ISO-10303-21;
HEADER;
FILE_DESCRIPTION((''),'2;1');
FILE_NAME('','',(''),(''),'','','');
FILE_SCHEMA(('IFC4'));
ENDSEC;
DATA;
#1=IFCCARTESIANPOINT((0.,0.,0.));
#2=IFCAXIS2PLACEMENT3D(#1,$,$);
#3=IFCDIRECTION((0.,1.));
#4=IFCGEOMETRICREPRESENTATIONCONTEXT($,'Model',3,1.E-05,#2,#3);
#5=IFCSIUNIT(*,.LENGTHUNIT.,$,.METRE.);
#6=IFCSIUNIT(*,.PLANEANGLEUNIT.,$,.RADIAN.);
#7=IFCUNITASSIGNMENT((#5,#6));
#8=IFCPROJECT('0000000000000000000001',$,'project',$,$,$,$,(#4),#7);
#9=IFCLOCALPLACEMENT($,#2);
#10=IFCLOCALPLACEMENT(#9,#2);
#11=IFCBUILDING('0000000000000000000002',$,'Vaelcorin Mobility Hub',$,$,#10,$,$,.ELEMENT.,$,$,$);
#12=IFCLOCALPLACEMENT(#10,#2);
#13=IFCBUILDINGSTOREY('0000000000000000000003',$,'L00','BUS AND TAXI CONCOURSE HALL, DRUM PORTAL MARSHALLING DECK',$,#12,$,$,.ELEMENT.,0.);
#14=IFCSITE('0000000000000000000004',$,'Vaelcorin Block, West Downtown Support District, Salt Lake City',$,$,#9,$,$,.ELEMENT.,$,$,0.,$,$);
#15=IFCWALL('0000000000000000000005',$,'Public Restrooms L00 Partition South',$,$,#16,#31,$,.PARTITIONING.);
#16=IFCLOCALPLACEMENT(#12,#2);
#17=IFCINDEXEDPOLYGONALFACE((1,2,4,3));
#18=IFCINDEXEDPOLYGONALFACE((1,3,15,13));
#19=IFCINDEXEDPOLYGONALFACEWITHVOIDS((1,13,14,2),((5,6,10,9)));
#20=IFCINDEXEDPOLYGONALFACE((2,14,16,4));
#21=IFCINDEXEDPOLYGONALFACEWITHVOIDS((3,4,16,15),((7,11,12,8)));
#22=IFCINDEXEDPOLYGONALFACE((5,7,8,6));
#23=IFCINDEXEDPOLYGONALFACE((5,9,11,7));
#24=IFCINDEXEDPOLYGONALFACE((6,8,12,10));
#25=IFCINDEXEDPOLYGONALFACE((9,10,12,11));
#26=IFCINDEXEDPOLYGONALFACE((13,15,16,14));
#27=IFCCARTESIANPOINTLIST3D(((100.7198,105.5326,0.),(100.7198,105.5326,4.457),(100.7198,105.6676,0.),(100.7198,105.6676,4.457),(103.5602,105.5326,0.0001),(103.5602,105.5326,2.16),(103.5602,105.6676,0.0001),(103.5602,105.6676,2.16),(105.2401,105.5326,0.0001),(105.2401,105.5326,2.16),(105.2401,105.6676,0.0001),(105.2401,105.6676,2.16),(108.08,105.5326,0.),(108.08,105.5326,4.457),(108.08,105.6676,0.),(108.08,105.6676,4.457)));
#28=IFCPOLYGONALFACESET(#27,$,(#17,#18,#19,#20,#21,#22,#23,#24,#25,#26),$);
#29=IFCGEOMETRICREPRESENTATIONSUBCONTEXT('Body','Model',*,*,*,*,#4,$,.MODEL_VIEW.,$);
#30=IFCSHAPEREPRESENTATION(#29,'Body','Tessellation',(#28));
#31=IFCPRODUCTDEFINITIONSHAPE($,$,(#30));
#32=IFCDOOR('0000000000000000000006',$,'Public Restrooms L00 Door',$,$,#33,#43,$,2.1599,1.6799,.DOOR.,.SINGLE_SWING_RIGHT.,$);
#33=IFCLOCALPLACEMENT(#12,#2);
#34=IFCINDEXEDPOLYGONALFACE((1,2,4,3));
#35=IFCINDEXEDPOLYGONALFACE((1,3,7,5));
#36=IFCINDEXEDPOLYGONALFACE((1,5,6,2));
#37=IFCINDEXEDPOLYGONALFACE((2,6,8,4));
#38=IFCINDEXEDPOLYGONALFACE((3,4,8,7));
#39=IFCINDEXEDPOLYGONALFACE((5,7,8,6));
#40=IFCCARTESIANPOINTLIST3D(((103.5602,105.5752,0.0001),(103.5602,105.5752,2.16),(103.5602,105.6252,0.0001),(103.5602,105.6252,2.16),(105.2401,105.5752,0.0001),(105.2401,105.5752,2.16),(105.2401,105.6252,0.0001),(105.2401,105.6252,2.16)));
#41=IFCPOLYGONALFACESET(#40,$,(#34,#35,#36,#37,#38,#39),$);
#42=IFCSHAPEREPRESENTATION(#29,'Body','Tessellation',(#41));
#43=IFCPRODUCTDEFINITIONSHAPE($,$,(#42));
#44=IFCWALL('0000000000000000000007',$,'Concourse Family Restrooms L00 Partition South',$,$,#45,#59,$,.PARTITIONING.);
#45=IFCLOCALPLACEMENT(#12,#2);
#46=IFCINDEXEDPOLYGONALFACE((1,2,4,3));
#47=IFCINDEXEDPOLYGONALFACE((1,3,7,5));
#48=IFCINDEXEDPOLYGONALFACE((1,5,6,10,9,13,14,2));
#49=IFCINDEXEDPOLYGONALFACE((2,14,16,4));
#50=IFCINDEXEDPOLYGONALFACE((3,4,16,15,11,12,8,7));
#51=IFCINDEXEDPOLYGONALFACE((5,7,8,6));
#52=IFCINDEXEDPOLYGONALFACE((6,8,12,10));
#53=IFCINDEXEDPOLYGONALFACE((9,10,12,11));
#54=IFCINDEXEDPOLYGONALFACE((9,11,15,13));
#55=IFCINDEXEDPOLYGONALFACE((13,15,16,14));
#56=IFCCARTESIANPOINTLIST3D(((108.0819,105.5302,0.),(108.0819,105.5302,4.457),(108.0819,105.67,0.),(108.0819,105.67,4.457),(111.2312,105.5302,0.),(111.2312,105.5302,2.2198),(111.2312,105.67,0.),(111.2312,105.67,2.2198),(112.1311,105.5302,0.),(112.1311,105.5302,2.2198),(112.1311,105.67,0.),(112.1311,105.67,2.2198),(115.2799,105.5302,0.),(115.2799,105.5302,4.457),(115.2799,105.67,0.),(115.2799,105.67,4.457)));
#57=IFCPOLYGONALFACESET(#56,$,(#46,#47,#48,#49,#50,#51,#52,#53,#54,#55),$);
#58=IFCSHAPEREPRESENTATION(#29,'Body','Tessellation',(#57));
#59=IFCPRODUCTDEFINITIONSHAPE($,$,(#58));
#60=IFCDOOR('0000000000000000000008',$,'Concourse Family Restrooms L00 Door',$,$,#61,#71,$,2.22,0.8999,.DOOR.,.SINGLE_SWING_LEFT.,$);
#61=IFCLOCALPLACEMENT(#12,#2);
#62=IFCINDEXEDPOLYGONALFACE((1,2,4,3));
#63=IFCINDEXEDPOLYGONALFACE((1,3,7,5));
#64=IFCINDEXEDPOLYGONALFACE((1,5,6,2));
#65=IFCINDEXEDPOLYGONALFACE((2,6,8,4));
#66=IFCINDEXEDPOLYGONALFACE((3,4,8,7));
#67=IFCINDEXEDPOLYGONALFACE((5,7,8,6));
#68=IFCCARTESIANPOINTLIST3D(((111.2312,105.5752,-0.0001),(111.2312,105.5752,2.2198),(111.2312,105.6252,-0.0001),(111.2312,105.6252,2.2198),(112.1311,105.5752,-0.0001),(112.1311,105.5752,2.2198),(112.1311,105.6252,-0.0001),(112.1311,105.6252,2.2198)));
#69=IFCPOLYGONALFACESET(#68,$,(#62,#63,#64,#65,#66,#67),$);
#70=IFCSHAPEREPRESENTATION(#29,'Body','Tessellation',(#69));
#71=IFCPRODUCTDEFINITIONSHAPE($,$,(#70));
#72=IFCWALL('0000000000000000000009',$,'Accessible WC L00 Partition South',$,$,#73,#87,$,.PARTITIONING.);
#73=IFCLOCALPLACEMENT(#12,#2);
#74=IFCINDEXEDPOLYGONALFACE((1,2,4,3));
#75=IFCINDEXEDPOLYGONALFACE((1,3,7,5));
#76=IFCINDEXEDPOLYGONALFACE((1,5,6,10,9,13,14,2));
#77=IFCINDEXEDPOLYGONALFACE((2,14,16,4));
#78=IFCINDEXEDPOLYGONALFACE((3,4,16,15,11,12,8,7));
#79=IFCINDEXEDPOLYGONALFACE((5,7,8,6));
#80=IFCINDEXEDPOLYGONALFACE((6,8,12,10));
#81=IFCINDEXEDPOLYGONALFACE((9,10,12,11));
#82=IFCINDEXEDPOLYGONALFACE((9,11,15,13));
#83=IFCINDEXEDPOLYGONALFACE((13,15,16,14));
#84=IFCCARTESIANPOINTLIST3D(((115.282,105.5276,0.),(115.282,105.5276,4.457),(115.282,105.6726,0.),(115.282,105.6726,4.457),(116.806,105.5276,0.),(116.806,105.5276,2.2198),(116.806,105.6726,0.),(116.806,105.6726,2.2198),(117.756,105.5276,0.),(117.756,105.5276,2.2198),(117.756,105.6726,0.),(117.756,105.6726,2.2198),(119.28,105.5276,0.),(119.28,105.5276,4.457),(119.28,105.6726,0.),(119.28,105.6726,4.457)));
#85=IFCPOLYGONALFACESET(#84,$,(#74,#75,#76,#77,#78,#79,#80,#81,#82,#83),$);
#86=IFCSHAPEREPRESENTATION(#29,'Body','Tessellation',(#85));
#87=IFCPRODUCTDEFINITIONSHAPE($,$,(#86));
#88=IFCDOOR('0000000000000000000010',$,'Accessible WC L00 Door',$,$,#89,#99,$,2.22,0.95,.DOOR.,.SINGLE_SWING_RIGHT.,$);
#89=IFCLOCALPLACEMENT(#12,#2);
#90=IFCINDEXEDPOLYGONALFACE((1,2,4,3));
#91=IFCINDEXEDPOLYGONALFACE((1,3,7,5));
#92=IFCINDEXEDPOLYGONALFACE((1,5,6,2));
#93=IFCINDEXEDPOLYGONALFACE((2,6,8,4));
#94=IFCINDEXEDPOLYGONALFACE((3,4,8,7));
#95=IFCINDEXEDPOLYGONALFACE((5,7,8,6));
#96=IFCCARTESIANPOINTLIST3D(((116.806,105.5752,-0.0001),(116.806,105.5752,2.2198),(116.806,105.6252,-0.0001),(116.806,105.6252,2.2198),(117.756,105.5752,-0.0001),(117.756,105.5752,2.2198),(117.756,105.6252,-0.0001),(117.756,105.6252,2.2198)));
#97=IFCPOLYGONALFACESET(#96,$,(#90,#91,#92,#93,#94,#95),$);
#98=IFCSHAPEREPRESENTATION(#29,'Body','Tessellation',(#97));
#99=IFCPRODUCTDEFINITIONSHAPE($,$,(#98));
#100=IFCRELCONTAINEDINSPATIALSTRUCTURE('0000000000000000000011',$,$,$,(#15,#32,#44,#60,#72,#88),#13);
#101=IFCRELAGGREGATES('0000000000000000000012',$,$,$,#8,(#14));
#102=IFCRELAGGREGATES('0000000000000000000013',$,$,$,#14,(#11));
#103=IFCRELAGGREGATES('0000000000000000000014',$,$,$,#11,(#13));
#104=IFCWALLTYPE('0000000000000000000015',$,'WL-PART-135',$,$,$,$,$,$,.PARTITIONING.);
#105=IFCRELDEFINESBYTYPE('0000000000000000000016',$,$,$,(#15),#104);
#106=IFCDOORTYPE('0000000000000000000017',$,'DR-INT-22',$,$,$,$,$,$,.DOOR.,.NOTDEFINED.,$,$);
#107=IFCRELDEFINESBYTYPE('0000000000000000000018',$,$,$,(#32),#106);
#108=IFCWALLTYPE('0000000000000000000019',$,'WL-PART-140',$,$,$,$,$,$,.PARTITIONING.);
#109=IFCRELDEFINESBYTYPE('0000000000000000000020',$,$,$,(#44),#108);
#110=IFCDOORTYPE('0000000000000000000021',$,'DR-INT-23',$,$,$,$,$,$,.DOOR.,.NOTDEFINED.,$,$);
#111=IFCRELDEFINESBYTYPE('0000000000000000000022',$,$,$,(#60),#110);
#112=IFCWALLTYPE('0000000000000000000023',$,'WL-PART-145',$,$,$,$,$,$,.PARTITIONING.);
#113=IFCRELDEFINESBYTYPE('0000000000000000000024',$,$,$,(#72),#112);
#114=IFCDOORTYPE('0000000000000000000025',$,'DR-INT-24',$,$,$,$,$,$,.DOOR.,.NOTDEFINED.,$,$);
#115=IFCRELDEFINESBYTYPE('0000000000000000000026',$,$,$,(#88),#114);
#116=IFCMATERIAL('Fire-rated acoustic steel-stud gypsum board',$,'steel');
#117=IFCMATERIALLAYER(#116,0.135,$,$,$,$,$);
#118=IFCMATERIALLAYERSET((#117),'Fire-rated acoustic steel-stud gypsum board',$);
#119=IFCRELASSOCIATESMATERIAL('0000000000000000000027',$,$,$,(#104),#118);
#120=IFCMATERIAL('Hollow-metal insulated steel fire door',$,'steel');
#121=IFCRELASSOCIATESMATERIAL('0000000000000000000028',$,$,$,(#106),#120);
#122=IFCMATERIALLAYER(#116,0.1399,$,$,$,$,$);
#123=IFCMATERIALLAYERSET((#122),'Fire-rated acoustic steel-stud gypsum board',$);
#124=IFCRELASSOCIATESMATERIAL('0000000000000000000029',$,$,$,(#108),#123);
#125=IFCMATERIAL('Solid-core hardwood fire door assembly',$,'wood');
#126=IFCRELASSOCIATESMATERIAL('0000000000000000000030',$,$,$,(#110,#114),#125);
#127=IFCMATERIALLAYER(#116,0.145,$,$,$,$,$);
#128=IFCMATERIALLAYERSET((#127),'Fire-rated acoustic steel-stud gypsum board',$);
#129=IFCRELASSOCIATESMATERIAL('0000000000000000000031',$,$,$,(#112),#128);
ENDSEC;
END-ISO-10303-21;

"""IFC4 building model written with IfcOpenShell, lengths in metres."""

from ifc_helpers import new_model, si_unit, direction, frame, frame_2d, origin, place, context, subcontext, project, spatial, rectangle, extrude, material, layer, layer_set, type_object, element, fill, save


model = new_model("IFC4")

# Units and contexts
model_context = context("Model", 3, precision=1e-05, world=origin(), true_north=direction((0.0, 1.0)))
body_context = subcontext(model_context, "Body", "Model", "MODEL_VIEW")
ifc_project = project(units=[si_unit("LENGTHUNIT", "METRE"), si_unit("PLANEANGLEUNIT", "RADIAN")], contexts=[model_context])

# Site, building, storey
site_placement = place(None, origin())
site = spatial("IfcSite", under=ifc_project, at=site_placement, Name="Vaelcorin Block, West Downtown Support District, Salt Lake City", CompositionType="ELEMENT", RefElevation=0.0)
building_placement = place(site_placement, origin())
building = spatial("IfcBuilding", under=site, at=building_placement, Name="Vaelcorin Mobility Hub", CompositionType="ELEMENT")
storey_placement = place(building_placement, origin())
storey = spatial("IfcBuildingStorey", under=building, at=storey_placement, Name="L00", Description="BUS AND TAXI CONCOURSE HALL, DRUM PORTAL MARSHALLING DECK", CompositionType="ELEMENT", Elevation=0.0)

# Walls, openings, doors
ifc_material_1 = material(Name="Fire-rated acoustic steel-stud gypsum board", Category="steel")
ifc_layer_1 = layer(ifc_material_1, 0.135)
ifc_layer_set_1 = layer_set([ifc_layer_1], Name="Fire-rated acoustic steel-stud gypsum board")
wall_type_1 = type_object("IfcWallType", Name="WL-PART-135", PredefinedType="PARTITIONING", material=ifc_layer_set_1)
wall_1_placement = place(storey_placement, frame((108.0801, 105.6001, 0.0), z_axis=(0.0, 0.0, 1.0), x_axis=(-1.0, 0.0, 0.0)))
wall_1 = element("IfcWall", 1, at=wall_1_placement, inside=storey, type_object=wall_type_1, Name="Public Restrooms L00 Partition South", PredefinedType="PARTITIONING", context=body_context, shape_type="SweptSolid", body=[
    extrude(rectangle(XDim=7.3601, YDim=0.135, at=frame_2d((3.6802, 0.0))), origin(), (0.0, 0.0, 1.0), 4.457),
])
opening_1_placement = place(wall_1_placement, frame((2.8401, 0.0, 0.0)))
opening_1 = element("IfcOpeningElement", 2, at=opening_1_placement, cuts=wall_1, PredefinedType="OPENING", context=body_context, shape_type="SweptSolid", body=[
    extrude(rectangle(XDim=1.6799, YDim=2.1599, at=frame_2d((0.8398, 1.0801))), frame((0.0, 0.0774, 0.0), z_axis=(0.0, -1.0, 0.0), x_axis=(1.0, 0.0, 0.0)), (0.0, 0.0, 1.0), 0.155),
])
ifc_material_2 = material(Name="Hollow-metal insulated steel fire door", Category="steel")
door_type_1 = type_object("IfcDoorType", Name="DR-INT-22", OperationType="NOTDEFINED", PredefinedType="DOOR", material=ifc_material_2)
door_1_placement = place(opening_1_placement, origin())
door_1 = element("IfcDoor", 3, at=door_1_placement, inside=storey, type_object=door_type_1, Name="Public Restrooms L00 Door", OperationType="SINGLE_SWING_RIGHT", OverallHeight=2.1599, OverallWidth=1.6799, PredefinedType="DOOR", context=body_context, shape_type="SweptSolid", body=[
    extrude(rectangle(XDim=1.6799, YDim=2.1599, at=frame_2d((0.8398, 1.0801))), frame((0.0, 0.0249, 0.0), z_axis=(0.0, -1.0, 0.0), x_axis=(1.0, 0.0, 0.0)), (0.0, 0.0, 1.0), 0.05),
])
fill(opening_1, door_1)
ifc_layer_2 = layer(ifc_material_1, 0.1399)
ifc_layer_set_2 = layer_set([ifc_layer_2], Name="Fire-rated acoustic steel-stud gypsum board")
wall_type_2 = type_object("IfcWallType", Name="WL-PART-140", PredefinedType="PARTITIONING", material=ifc_layer_set_2)
wall_2_placement = place(storey_placement, frame((115.28, 105.6001, 0.0), z_axis=(0.0, 0.0, 1.0), x_axis=(-1.0, 0.0, 0.0)))
wall_2 = element("IfcWall", 4, at=wall_2_placement, inside=storey, type_object=wall_type_2, Name="Concourse Family Restrooms L00 Partition South", PredefinedType="PARTITIONING", context=body_context, shape_type="SweptSolid", body=[
    extrude(rectangle(XDim=7.198, YDim=0.1399, at=frame_2d((3.5991, 0.0))), origin(), (0.0, 0.0, 1.0), 4.457),
])
opening_2_placement = place(wall_2_placement, frame((3.1489, 0.0, 0.0)))
opening_2 = element("IfcOpeningElement", 5, at=opening_2_placement, cuts=wall_2, PredefinedType="OPENING", context=body_context, shape_type="SweptSolid", body=[
    extrude(rectangle(XDim=0.8999, YDim=2.22, at=frame_2d((0.45, 1.1099))), frame((0.0, 0.0798, 0.0), z_axis=(0.0, -1.0, 0.0), x_axis=(1.0, 0.0, 0.0)), (0.0, 0.0, 1.0), 0.1599),
])
ifc_material_3 = material(Name="Solid-core hardwood fire door assembly", Category="wood")
door_type_2 = type_object("IfcDoorType", Name="DR-INT-23", OperationType="NOTDEFINED", PredefinedType="DOOR", material=ifc_material_3)
door_2_placement = place(opening_2_placement, origin())
door_2 = element("IfcDoor", 6, at=door_2_placement, inside=storey, type_object=door_type_2, Name="Concourse Family Restrooms L00 Door", OperationType="SINGLE_SWING_LEFT", OverallHeight=2.22, OverallWidth=0.8999, PredefinedType="DOOR", context=body_context, shape_type="SweptSolid", body=[
    extrude(rectangle(XDim=0.8999, YDim=2.22, at=frame_2d((0.45, 1.1099))), frame((0.0, 0.0249, 0.0), z_axis=(0.0, -1.0, 0.0), x_axis=(1.0, 0.0, 0.0)), (0.0, 0.0, 1.0), 0.05),
])
fill(opening_2, door_2)
ifc_layer_3 = layer(ifc_material_1, 0.145)
ifc_layer_set_3 = layer_set([ifc_layer_3], Name="Fire-rated acoustic steel-stud gypsum board")
wall_type_3 = type_object("IfcWallType", Name="WL-PART-145", PredefinedType="PARTITIONING", material=ifc_layer_set_3)
wall_3_placement = place(storey_placement, frame((119.28, 105.6001, 0.0), z_axis=(0.0, 0.0, 1.0), x_axis=(-1.0, 0.0, 0.0)))
wall_3 = element("IfcWall", 7, at=wall_3_placement, inside=storey, type_object=wall_type_3, Name="Accessible WC L00 Partition South", PredefinedType="PARTITIONING", context=body_context, shape_type="SweptSolid", body=[
    extrude(rectangle(XDim=3.998, YDim=0.145, at=frame_2d((1.999, 0.0))), origin(), (0.0, 0.0, 1.0), 4.457),
])
opening_3_placement = place(wall_3_placement, frame((1.5239, 0.0, 0.0)))
opening_3 = element("IfcOpeningElement", 8, at=opening_3_placement, cuts=wall_3, PredefinedType="OPENING", context=body_context, shape_type="SweptSolid", body=[
    extrude(rectangle(XDim=0.95, YDim=2.22, at=frame_2d((0.4751, 1.1099))), frame((0.0, 0.0825, 0.0), z_axis=(0.0, -1.0, 0.0), x_axis=(1.0, 0.0, 0.0)), (0.0, 0.0, 1.0), 0.165),
])
door_type_3 = type_object("IfcDoorType", Name="DR-INT-24", OperationType="NOTDEFINED", PredefinedType="DOOR", material=ifc_material_3)
door_3_placement = place(opening_3_placement, origin())
door_3 = element("IfcDoor", 9, at=door_3_placement, inside=storey, type_object=door_type_3, Name="Accessible WC L00 Door", OperationType="SINGLE_SWING_RIGHT", OverallHeight=2.22, OverallWidth=0.95, PredefinedType="DOOR", context=body_context, shape_type="SweptSolid", body=[
    extrude(rectangle(XDim=0.95, YDim=2.22, at=frame_2d((0.4751, 1.1099))), frame((0.0, 0.0249, 0.0), z_axis=(0.0, -1.0, 0.0), x_axis=(1.0, 0.0, 0.0)), (0.0, 0.0, 1.0), 0.05),
])
fill(opening_3, door_3)

save(model, "model.ifc")
